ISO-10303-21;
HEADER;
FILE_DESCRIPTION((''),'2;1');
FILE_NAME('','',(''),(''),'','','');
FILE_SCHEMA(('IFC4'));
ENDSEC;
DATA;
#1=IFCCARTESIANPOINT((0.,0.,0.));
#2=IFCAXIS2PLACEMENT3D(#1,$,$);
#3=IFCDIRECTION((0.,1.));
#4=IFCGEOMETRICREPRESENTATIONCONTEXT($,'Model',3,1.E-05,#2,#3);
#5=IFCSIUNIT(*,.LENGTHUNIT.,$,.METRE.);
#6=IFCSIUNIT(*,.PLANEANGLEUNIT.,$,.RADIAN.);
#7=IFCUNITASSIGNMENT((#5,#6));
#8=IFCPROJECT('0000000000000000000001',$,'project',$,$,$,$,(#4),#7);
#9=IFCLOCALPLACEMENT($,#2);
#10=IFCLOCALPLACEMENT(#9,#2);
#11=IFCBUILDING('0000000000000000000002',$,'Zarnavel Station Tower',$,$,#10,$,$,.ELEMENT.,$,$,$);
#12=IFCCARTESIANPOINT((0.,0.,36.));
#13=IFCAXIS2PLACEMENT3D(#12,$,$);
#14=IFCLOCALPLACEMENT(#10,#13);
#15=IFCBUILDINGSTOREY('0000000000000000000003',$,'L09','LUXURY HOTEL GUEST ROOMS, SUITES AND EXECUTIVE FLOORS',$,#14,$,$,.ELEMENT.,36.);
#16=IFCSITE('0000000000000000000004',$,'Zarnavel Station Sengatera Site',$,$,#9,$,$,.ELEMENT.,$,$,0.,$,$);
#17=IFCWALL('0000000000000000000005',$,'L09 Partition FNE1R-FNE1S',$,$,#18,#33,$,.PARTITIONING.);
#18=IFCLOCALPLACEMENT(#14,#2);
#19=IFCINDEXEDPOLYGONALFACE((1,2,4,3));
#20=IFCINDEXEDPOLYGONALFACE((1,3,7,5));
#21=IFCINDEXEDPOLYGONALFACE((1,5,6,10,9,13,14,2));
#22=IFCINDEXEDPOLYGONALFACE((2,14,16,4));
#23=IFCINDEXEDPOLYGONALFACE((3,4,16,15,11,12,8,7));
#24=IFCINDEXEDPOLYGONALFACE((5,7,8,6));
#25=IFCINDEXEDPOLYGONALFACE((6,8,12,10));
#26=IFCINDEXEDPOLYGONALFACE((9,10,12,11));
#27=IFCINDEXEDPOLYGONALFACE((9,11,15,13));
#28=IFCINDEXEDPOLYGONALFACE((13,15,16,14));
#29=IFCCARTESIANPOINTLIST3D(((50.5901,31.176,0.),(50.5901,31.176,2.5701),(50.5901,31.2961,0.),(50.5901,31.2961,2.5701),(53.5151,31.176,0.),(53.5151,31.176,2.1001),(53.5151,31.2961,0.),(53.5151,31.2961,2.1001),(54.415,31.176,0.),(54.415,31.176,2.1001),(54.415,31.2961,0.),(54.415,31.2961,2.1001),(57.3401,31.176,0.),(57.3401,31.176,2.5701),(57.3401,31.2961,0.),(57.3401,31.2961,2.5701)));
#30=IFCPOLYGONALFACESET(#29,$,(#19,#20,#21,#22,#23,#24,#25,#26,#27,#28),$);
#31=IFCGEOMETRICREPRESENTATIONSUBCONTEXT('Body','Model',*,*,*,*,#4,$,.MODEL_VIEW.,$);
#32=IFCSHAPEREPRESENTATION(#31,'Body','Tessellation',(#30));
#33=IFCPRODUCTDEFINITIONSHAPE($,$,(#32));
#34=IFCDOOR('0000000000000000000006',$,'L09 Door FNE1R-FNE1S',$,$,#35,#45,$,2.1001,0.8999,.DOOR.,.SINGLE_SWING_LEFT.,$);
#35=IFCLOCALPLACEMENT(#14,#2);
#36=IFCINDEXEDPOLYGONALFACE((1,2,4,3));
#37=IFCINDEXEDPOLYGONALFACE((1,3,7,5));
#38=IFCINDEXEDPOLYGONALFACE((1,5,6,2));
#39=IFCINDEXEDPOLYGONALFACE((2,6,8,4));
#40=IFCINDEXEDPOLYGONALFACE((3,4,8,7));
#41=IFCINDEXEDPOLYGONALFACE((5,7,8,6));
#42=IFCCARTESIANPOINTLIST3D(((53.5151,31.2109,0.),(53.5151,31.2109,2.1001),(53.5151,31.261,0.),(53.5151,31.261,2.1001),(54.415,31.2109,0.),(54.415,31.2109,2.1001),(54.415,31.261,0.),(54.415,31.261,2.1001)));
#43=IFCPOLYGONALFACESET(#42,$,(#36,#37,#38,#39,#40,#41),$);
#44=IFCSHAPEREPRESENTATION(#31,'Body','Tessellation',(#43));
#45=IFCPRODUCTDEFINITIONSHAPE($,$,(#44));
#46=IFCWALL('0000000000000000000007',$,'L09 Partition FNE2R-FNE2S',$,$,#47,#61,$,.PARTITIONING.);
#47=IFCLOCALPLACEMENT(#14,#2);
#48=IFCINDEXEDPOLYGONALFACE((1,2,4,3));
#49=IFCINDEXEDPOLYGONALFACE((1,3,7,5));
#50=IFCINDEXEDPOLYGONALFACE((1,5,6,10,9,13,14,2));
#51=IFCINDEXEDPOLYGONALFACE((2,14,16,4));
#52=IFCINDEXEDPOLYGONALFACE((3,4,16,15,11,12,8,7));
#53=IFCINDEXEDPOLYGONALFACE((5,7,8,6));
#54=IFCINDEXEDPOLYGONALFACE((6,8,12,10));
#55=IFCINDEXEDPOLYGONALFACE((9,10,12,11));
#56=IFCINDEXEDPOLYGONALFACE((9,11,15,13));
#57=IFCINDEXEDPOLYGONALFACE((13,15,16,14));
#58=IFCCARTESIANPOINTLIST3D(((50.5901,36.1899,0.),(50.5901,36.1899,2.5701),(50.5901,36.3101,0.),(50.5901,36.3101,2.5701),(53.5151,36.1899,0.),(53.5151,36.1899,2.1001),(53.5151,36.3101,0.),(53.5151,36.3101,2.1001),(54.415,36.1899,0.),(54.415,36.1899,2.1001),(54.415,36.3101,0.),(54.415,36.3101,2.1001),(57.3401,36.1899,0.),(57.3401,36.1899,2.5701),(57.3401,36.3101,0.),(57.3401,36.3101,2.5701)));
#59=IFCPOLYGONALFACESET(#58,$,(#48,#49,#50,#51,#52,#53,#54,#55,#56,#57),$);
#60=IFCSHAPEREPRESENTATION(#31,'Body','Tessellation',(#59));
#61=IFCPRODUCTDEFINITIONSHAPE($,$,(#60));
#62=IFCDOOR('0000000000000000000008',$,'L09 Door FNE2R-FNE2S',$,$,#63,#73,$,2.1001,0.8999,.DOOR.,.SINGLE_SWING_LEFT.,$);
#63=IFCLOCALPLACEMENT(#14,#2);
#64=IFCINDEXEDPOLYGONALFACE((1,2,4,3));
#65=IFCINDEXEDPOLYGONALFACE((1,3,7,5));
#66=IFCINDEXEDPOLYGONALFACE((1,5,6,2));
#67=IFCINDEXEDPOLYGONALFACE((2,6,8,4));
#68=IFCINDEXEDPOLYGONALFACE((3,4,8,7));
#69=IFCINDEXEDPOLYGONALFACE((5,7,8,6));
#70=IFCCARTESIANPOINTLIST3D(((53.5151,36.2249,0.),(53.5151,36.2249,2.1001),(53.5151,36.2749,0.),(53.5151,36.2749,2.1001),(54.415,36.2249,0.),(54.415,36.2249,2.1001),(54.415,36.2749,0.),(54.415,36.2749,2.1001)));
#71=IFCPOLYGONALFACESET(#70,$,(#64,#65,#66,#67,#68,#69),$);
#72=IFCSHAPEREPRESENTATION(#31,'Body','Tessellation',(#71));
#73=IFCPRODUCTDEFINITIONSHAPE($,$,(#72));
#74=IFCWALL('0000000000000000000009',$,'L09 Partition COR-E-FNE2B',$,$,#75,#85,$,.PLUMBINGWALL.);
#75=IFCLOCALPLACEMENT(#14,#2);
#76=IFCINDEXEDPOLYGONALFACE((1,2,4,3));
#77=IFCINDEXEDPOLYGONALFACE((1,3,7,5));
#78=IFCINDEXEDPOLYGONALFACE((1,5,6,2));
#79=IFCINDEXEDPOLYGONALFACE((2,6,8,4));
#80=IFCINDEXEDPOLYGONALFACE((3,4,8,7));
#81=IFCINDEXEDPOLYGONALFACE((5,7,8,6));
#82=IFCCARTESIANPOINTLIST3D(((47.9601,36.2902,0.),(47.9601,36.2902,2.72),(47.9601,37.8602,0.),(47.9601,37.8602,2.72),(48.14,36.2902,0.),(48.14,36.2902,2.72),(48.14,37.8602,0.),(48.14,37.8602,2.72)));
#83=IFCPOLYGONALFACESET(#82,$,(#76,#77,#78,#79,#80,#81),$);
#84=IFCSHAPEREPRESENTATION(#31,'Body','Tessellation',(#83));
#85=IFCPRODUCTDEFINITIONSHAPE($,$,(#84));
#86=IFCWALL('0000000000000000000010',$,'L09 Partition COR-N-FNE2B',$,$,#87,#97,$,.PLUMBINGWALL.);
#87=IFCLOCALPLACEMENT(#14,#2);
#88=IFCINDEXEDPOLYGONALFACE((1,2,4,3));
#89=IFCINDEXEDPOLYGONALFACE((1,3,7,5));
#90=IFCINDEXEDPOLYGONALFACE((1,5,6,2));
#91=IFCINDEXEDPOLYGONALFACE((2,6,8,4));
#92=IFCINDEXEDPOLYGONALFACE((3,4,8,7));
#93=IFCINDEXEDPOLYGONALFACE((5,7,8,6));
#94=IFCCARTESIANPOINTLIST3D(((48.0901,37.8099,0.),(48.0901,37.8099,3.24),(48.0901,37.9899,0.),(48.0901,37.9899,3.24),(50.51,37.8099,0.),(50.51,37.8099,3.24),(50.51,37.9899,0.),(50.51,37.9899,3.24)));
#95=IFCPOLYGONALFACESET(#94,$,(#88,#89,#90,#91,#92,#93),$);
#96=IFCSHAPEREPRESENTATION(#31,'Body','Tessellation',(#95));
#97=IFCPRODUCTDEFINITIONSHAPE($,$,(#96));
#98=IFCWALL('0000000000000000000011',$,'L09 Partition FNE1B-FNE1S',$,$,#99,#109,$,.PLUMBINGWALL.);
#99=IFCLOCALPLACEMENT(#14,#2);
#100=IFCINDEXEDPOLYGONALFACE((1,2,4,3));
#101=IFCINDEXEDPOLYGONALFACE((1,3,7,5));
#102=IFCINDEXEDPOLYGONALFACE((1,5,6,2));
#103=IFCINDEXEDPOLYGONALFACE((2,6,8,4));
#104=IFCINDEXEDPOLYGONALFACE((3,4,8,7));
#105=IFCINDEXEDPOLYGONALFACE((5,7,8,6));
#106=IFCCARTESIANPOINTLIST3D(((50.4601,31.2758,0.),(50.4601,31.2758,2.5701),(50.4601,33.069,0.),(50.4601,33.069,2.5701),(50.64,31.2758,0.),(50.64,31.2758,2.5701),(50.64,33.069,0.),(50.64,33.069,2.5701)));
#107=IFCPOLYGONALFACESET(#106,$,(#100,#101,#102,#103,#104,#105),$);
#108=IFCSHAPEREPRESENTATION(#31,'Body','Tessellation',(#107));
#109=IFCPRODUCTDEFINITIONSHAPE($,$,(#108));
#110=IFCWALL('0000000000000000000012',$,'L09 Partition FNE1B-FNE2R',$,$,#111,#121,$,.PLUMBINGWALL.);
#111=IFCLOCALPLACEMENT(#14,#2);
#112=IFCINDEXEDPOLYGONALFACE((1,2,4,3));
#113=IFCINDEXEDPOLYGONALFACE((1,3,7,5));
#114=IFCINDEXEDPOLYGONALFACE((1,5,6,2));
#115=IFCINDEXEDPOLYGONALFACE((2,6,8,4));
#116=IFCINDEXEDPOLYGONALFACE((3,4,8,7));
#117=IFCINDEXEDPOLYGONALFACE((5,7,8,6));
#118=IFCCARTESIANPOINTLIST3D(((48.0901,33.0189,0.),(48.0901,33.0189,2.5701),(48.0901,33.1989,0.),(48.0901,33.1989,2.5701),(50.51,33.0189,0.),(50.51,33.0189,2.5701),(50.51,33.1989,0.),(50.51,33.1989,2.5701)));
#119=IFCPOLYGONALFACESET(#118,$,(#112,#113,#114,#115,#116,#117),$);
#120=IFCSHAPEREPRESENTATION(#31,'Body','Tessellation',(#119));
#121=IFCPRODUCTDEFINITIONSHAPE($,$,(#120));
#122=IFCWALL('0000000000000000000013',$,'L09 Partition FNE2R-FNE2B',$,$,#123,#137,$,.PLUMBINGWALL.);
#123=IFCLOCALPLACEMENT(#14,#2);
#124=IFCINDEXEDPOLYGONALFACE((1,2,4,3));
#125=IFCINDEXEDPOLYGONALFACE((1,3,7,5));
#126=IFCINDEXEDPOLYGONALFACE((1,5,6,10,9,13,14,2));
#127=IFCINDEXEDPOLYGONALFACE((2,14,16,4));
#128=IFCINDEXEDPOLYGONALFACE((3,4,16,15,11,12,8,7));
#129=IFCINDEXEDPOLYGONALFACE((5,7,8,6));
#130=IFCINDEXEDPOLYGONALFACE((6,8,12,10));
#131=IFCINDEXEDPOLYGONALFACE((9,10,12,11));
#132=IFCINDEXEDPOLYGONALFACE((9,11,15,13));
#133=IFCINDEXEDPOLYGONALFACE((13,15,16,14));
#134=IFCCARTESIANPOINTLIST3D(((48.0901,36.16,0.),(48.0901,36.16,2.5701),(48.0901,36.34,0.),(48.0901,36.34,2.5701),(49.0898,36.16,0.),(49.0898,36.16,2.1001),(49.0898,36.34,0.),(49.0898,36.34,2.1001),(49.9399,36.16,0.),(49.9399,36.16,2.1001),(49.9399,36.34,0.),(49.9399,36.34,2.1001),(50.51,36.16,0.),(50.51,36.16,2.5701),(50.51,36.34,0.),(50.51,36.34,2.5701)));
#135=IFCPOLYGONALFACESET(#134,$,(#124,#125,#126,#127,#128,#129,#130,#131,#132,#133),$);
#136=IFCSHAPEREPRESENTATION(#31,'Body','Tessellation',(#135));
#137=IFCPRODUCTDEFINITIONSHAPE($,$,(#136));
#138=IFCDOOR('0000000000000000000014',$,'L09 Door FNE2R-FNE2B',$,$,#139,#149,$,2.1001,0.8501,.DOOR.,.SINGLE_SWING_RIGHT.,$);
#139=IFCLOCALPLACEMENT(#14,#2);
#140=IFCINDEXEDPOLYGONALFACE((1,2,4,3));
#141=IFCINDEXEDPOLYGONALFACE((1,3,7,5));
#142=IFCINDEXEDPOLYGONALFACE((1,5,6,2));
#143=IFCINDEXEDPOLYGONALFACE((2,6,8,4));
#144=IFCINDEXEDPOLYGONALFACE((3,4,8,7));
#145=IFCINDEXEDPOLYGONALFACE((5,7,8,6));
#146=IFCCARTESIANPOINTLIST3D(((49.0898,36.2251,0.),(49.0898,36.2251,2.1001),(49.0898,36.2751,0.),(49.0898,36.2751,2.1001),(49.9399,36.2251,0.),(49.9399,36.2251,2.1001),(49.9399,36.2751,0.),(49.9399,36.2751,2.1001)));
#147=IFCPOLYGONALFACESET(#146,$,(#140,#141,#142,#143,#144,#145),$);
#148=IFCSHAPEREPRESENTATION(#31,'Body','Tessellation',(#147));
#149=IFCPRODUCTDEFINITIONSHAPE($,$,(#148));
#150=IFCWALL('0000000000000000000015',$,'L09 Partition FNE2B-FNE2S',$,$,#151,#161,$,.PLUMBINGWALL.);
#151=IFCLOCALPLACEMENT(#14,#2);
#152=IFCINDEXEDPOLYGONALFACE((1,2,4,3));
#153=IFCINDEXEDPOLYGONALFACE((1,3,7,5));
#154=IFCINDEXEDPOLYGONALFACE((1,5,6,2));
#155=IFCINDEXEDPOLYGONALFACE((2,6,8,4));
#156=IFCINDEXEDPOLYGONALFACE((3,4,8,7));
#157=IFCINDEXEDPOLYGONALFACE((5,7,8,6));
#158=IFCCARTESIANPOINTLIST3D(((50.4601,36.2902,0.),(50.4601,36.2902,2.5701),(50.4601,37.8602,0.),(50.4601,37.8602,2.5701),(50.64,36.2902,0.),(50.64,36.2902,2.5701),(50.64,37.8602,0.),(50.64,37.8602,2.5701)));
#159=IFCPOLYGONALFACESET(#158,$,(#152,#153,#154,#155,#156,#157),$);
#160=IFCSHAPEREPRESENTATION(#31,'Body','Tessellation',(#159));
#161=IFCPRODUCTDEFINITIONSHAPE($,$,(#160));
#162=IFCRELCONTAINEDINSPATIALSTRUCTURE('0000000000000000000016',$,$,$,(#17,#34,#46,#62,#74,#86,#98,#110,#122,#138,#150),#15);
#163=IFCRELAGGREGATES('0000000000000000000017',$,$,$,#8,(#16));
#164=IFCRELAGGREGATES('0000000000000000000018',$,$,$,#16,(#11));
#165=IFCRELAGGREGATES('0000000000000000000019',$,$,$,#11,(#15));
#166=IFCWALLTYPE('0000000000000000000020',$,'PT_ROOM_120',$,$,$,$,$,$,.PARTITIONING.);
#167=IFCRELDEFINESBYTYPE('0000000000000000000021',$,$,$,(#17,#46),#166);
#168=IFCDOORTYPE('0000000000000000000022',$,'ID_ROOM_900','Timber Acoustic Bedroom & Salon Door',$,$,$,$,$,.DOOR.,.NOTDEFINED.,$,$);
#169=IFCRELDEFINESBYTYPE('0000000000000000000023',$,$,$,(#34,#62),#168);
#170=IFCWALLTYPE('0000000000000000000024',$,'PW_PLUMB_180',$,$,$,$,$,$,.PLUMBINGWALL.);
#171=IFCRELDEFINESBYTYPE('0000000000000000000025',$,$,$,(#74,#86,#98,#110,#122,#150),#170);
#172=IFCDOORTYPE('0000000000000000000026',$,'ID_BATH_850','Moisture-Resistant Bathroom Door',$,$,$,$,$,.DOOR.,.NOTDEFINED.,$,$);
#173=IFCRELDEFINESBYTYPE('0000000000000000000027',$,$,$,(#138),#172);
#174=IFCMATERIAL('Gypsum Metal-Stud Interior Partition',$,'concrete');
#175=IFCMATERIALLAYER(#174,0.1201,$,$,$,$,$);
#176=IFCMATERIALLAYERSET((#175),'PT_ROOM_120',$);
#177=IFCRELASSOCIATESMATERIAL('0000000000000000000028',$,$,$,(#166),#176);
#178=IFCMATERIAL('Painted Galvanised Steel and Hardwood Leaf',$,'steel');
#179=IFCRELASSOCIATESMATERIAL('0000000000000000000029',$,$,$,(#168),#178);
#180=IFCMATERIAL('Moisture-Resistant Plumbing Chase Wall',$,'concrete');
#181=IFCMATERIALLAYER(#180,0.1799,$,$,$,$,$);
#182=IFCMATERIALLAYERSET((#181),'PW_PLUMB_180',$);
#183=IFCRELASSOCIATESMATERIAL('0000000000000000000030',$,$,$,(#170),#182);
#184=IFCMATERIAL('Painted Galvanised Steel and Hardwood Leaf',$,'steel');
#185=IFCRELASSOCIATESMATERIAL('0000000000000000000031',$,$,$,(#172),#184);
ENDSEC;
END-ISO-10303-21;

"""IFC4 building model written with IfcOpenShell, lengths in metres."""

from ifc_helpers import new_model, si_unit, direction, frame, frame_2d, origin, place, context, subcontext, project, spatial, rectangle, extrude, material, layer, layer_set, type_object, element, fill, save


model = new_model("IFC4")

# Units and contexts
model_context = context("Model", 3, precision=1e-05, world=origin(), true_north=direction((0.0, 1.0)))
body_context = subcontext(model_context, "Body", "Model", "MODEL_VIEW")
ifc_project = project(units=[si_unit("LENGTHUNIT", "METRE"), si_unit("PLANEANGLEUNIT", "RADIAN")], contexts=[model_context])

# Site, building, storey
site_placement = place(None, origin())
site = spatial("IfcSite", under=ifc_project, at=site_placement, Name="Zarnavel Station Sengatera Site", CompositionType="ELEMENT", RefElevation=0.0)
building_placement = place(site_placement, origin())
building = spatial("IfcBuilding", under=site, at=building_placement, Name="Zarnavel Station Tower", CompositionType="ELEMENT")
storey_placement = place(building_placement, frame((0.0, 0.0, 36.0)))
storey = spatial("IfcBuildingStorey", under=building, at=storey_placement, Name="L09", Description="LUXURY HOTEL GUEST ROOMS, SUITES AND EXECUTIVE FLOORS", CompositionType="ELEMENT", Elevation=36.0)

# Walls, openings, doors
ifc_material_1 = material(Name="Gypsum Metal-Stud Interior Partition", Category="concrete")
ifc_layer_1 = layer(ifc_material_1, 0.1201)
ifc_layer_set_1 = layer_set([ifc_layer_1], Name="PT_ROOM_120")
wall_type_1 = type_object("IfcWallType", Name="PT_ROOM_120", PredefinedType="PARTITIONING", material=ifc_layer_set_1)
wall_1_placement = place(storey_placement, frame((50.5901, 31.2361, 0.0), z_axis=(0.0, 0.0, 1.0), x_axis=(1.0, 0.0, 0.0)))
wall_1 = element("IfcWall", 1, at=wall_1_placement, inside=storey, type_object=wall_type_1, Name="L09 Partition FNE1R-FNE1S", PredefinedType="PARTITIONING", context=body_context, shape_type="SweptSolid", body=[
    extrude(rectangle(XDim=6.75, YDim=0.1201, at=frame_2d((3.375, 0.0))), origin(), (0.0, 0.0, 1.0), 2.5701),
])
opening_1_placement = place(wall_1_placement, frame((2.925, 0.0, 0.0)))
opening_1 = element("IfcOpeningElement", 2, at=opening_1_placement, cuts=wall_1, PredefinedType="OPENING", context=body_context, shape_type="SweptSolid", body=[
    extrude(rectangle(XDim=0.8999, YDim=2.1001, at=frame_2d((0.45, 1.05))), frame((0.0, 0.0701, 0.0), z_axis=(0.0, -1.0, 0.0), x_axis=(1.0, 0.0, 0.0)), (0.0, 0.0, 1.0), 0.1401),
])
ifc_material_2 = material(Name="Painted Galvanised Steel and Hardwood Leaf", Category="steel")
door_type_1 = type_object("IfcDoorType", Name="ID_ROOM_900", Description="Timber Acoustic Bedroom & Salon Door", OperationType="NOTDEFINED", PredefinedType="DOOR", material=ifc_material_2)
door_1_placement = place(opening_1_placement, origin())
door_1 = element("IfcDoor", 3, at=door_1_placement, inside=storey, type_object=door_type_1, Name="L09 Door FNE1R-FNE1S", OperationType="SINGLE_SWING_LEFT", OverallHeight=2.1001, OverallWidth=0.8999, PredefinedType="DOOR", context=body_context, shape_type="SweptSolid", body=[
    extrude(rectangle(XDim=0.8999, YDim=2.1001, at=frame_2d((0.45, 1.05))), frame((0.0, 0.0249, 0.0), z_axis=(0.0, -1.0, 0.0), x_axis=(1.0, 0.0, 0.0)), (0.0, 0.0, 1.0), 0.05),
])
fill(opening_1, door_1)
wall_2_placement = place(storey_placement, frame((50.5901, 36.25, 0.0), z_axis=(0.0, 0.0, 1.0), x_axis=(1.0, 0.0, 0.0)))
wall_2 = element("IfcWall", 4, at=wall_2_placement, inside=storey, type_object=wall_type_1, Name="L09 Partition FNE2R-FNE2S", PredefinedType="PARTITIONING", context=body_context, shape_type="SweptSolid", body=[
    extrude(rectangle(XDim=6.75, YDim=0.1201, at=frame_2d((3.375, 0.0))), origin(), (0.0, 0.0, 1.0), 2.5701),
])
opening_2_placement = place(wall_2_placement, frame((2.925, 0.0, 0.0)))
opening_2 = element("IfcOpeningElement", 5, at=opening_2_placement, cuts=wall_2, PredefinedType="OPENING", context=body_context, shape_type="SweptSolid", body=[
    extrude(rectangle(XDim=0.8999, YDim=2.1001, at=frame_2d((0.45, 1.05))), frame((0.0, 0.0701, 0.0), z_axis=(0.0, -1.0, 0.0), x_axis=(1.0, 0.0, 0.0)), (0.0, 0.0, 1.0), 0.1401),
])
door_2_placement = place(opening_2_placement, origin())
door_2 = element("IfcDoor", 6, at=door_2_placement, inside=storey, type_object=door_type_1, Name="L09 Door FNE2R-FNE2S", OperationType="SINGLE_SWING_LEFT", OverallHeight=2.1001, OverallWidth=0.8999, PredefinedType="DOOR", context=body_context, shape_type="SweptSolid", body=[
    extrude(rectangle(XDim=0.8999, YDim=2.1001, at=frame_2d((0.45, 1.05))), frame((0.0, 0.0249, 0.0), z_axis=(0.0, -1.0, 0.0), x_axis=(1.0, 0.0, 0.0)), (0.0, 0.0, 1.0), 0.05),
])
fill(opening_2, door_2)

# Walls
ifc_material_3 = material(Name="Moisture-Resistant Plumbing Chase Wall", Category="concrete")
ifc_layer_2 = layer(ifc_material_3, 0.1799)
ifc_layer_set_2 = layer_set([ifc_layer_2], Name="PW_PLUMB_180")
wall_type_2 = type_object("IfcWallType", Name="PW_PLUMB_180", PredefinedType="PLUMBINGWALL", material=ifc_layer_set_2)
wall_3_placement = place(storey_placement, frame((48.05, 36.29, 0.0), z_axis=(0.0, 0.0, 1.0), x_axis=(0.0, 1.0, 0.0)))
element("IfcWall", 7, at=wall_3_placement, inside=storey, type_object=wall_type_2, Name="L09 Partition COR-E-FNE2B", PredefinedType="PLUMBINGWALL", context=body_context, shape_type="SweptSolid", body=[
    extrude(rectangle(XDim=1.5701, YDim=0.1799, at=frame_2d((0.7852, 0.0))), origin(), (0.0, 0.0, 1.0), 2.72),
])
wall_4_placement = place(storey_placement, frame((48.0901, 37.8999, 0.0), z_axis=(0.0, 0.0, 1.0), x_axis=(1.0, 0.0, 0.0)))
element("IfcWall", 8, at=wall_4_placement, inside=storey, type_object=wall_type_2, Name="L09 Partition COR-N-FNE2B", PredefinedType="PLUMBINGWALL", context=body_context, shape_type="SweptSolid", body=[
    extrude(rectangle(XDim=2.4199, YDim=0.1799, at=frame_2d((1.21, 0.0))), origin(), (0.0, 0.0, 1.0), 3.24),
])
wall_5_placement = place(storey_placement, frame((50.55, 31.2759, 0.0), z_axis=(0.0, 0.0, 1.0), x_axis=(0.0, 1.0, 0.0)))
element("IfcWall", 9, at=wall_5_placement, inside=storey, type_object=wall_type_2, Name="L09 Partition FNE1B-FNE1S", PredefinedType="PLUMBINGWALL", context=body_context, shape_type="SweptSolid", body=[
    extrude(rectangle(XDim=1.7932, YDim=0.1799, at=frame_2d((0.8965, 0.0))), origin(), (0.0, 0.0, 1.0), 2.5701),
])
wall_6_placement = place(storey_placement, frame((48.0901, 33.1089, 0.0), z_axis=(0.0, 0.0, 1.0), x_axis=(1.0, 0.0, 0.0)))
element("IfcWall", 10, at=wall_6_placement, inside=storey, type_object=wall_type_2, Name="L09 Partition FNE1B-FNE2R", PredefinedType="PLUMBINGWALL", context=body_context, shape_type="SweptSolid", body=[
    extrude(rectangle(XDim=2.4199, YDim=0.1799, at=frame_2d((1.21, 0.0))), origin(), (0.0, 0.0, 1.0), 2.5701),
])

# Wall, opening, door
wall_7_placement = place(storey_placement, frame((50.51, 36.25, 0.0), z_axis=(0.0, 0.0, 1.0), x_axis=(-1.0, 0.0, 0.0)))
wall_7 = element("IfcWall", 11, at=wall_7_placement, inside=storey, type_object=wall_type_2, Name="L09 Partition FNE2R-FNE2B", PredefinedType="PLUMBINGWALL", context=body_context, shape_type="SweptSolid", body=[
    extrude(rectangle(XDim=2.4199, YDim=0.1799, at=frame_2d((1.21, 0.0))), origin(), (0.0, 0.0, 1.0), 2.5701),
])
opening_3_placement = place(wall_7_placement, frame((0.5701, 0.0, 0.0)))
opening_3 = element("IfcOpeningElement", 12, at=opening_3_placement, cuts=wall_7, PredefinedType="OPENING", context=body_context, shape_type="SweptSolid", body=[
    extrude(rectangle(XDim=0.8501, YDim=2.1001, at=frame_2d((0.425, 1.05))), frame((0.0, 0.0999, 0.0), z_axis=(0.0, -1.0, 0.0), x_axis=(1.0, 0.0, 0.0)), (0.0, 0.0, 1.0), 0.2),
])
ifc_material_4 = material(Name="Painted Galvanised Steel and Hardwood Leaf", Category="steel")
door_type_2 = type_object("IfcDoorType", Name="ID_BATH_850", Description="Moisture-Resistant Bathroom Door", OperationType="NOTDEFINED", PredefinedType="DOOR", material=ifc_material_4)
door_3_placement = place(opening_3_placement, origin())
door_3 = element("IfcDoor", 13, at=door_3_placement, inside=storey, type_object=door_type_2, Name="L09 Door FNE2R-FNE2B", OperationType="SINGLE_SWING_RIGHT", OverallHeight=2.1001, OverallWidth=0.8501, PredefinedType="DOOR", context=body_context, shape_type="SweptSolid", body=[
    extrude(rectangle(XDim=0.8501, YDim=2.1001, at=frame_2d((0.425, 1.05))), frame((0.0, 0.0249, 0.0), z_axis=(0.0, -1.0, 0.0), x_axis=(1.0, 0.0, 0.0)), (0.0, 0.0, 1.0), 0.05),
])
fill(opening_3, door_3)

# Wall
wall_8_placement = place(storey_placement, frame((50.55, 36.29, 0.0), z_axis=(0.0, 0.0, 1.0), x_axis=(0.0, 1.0, 0.0)))
element("IfcWall", 14, at=wall_8_placement, inside=storey, type_object=wall_type_2, Name="L09 Partition FNE2B-FNE2S", PredefinedType="PLUMBINGWALL", context=body_context, shape_type="SweptSolid", body=[
    extrude(rectangle(XDim=1.5701, YDim=0.1799, at=frame_2d((0.7852, 0.0))), origin(), (0.0, 0.0, 1.0), 2.5701),
])

save(model, "model.ifc")
